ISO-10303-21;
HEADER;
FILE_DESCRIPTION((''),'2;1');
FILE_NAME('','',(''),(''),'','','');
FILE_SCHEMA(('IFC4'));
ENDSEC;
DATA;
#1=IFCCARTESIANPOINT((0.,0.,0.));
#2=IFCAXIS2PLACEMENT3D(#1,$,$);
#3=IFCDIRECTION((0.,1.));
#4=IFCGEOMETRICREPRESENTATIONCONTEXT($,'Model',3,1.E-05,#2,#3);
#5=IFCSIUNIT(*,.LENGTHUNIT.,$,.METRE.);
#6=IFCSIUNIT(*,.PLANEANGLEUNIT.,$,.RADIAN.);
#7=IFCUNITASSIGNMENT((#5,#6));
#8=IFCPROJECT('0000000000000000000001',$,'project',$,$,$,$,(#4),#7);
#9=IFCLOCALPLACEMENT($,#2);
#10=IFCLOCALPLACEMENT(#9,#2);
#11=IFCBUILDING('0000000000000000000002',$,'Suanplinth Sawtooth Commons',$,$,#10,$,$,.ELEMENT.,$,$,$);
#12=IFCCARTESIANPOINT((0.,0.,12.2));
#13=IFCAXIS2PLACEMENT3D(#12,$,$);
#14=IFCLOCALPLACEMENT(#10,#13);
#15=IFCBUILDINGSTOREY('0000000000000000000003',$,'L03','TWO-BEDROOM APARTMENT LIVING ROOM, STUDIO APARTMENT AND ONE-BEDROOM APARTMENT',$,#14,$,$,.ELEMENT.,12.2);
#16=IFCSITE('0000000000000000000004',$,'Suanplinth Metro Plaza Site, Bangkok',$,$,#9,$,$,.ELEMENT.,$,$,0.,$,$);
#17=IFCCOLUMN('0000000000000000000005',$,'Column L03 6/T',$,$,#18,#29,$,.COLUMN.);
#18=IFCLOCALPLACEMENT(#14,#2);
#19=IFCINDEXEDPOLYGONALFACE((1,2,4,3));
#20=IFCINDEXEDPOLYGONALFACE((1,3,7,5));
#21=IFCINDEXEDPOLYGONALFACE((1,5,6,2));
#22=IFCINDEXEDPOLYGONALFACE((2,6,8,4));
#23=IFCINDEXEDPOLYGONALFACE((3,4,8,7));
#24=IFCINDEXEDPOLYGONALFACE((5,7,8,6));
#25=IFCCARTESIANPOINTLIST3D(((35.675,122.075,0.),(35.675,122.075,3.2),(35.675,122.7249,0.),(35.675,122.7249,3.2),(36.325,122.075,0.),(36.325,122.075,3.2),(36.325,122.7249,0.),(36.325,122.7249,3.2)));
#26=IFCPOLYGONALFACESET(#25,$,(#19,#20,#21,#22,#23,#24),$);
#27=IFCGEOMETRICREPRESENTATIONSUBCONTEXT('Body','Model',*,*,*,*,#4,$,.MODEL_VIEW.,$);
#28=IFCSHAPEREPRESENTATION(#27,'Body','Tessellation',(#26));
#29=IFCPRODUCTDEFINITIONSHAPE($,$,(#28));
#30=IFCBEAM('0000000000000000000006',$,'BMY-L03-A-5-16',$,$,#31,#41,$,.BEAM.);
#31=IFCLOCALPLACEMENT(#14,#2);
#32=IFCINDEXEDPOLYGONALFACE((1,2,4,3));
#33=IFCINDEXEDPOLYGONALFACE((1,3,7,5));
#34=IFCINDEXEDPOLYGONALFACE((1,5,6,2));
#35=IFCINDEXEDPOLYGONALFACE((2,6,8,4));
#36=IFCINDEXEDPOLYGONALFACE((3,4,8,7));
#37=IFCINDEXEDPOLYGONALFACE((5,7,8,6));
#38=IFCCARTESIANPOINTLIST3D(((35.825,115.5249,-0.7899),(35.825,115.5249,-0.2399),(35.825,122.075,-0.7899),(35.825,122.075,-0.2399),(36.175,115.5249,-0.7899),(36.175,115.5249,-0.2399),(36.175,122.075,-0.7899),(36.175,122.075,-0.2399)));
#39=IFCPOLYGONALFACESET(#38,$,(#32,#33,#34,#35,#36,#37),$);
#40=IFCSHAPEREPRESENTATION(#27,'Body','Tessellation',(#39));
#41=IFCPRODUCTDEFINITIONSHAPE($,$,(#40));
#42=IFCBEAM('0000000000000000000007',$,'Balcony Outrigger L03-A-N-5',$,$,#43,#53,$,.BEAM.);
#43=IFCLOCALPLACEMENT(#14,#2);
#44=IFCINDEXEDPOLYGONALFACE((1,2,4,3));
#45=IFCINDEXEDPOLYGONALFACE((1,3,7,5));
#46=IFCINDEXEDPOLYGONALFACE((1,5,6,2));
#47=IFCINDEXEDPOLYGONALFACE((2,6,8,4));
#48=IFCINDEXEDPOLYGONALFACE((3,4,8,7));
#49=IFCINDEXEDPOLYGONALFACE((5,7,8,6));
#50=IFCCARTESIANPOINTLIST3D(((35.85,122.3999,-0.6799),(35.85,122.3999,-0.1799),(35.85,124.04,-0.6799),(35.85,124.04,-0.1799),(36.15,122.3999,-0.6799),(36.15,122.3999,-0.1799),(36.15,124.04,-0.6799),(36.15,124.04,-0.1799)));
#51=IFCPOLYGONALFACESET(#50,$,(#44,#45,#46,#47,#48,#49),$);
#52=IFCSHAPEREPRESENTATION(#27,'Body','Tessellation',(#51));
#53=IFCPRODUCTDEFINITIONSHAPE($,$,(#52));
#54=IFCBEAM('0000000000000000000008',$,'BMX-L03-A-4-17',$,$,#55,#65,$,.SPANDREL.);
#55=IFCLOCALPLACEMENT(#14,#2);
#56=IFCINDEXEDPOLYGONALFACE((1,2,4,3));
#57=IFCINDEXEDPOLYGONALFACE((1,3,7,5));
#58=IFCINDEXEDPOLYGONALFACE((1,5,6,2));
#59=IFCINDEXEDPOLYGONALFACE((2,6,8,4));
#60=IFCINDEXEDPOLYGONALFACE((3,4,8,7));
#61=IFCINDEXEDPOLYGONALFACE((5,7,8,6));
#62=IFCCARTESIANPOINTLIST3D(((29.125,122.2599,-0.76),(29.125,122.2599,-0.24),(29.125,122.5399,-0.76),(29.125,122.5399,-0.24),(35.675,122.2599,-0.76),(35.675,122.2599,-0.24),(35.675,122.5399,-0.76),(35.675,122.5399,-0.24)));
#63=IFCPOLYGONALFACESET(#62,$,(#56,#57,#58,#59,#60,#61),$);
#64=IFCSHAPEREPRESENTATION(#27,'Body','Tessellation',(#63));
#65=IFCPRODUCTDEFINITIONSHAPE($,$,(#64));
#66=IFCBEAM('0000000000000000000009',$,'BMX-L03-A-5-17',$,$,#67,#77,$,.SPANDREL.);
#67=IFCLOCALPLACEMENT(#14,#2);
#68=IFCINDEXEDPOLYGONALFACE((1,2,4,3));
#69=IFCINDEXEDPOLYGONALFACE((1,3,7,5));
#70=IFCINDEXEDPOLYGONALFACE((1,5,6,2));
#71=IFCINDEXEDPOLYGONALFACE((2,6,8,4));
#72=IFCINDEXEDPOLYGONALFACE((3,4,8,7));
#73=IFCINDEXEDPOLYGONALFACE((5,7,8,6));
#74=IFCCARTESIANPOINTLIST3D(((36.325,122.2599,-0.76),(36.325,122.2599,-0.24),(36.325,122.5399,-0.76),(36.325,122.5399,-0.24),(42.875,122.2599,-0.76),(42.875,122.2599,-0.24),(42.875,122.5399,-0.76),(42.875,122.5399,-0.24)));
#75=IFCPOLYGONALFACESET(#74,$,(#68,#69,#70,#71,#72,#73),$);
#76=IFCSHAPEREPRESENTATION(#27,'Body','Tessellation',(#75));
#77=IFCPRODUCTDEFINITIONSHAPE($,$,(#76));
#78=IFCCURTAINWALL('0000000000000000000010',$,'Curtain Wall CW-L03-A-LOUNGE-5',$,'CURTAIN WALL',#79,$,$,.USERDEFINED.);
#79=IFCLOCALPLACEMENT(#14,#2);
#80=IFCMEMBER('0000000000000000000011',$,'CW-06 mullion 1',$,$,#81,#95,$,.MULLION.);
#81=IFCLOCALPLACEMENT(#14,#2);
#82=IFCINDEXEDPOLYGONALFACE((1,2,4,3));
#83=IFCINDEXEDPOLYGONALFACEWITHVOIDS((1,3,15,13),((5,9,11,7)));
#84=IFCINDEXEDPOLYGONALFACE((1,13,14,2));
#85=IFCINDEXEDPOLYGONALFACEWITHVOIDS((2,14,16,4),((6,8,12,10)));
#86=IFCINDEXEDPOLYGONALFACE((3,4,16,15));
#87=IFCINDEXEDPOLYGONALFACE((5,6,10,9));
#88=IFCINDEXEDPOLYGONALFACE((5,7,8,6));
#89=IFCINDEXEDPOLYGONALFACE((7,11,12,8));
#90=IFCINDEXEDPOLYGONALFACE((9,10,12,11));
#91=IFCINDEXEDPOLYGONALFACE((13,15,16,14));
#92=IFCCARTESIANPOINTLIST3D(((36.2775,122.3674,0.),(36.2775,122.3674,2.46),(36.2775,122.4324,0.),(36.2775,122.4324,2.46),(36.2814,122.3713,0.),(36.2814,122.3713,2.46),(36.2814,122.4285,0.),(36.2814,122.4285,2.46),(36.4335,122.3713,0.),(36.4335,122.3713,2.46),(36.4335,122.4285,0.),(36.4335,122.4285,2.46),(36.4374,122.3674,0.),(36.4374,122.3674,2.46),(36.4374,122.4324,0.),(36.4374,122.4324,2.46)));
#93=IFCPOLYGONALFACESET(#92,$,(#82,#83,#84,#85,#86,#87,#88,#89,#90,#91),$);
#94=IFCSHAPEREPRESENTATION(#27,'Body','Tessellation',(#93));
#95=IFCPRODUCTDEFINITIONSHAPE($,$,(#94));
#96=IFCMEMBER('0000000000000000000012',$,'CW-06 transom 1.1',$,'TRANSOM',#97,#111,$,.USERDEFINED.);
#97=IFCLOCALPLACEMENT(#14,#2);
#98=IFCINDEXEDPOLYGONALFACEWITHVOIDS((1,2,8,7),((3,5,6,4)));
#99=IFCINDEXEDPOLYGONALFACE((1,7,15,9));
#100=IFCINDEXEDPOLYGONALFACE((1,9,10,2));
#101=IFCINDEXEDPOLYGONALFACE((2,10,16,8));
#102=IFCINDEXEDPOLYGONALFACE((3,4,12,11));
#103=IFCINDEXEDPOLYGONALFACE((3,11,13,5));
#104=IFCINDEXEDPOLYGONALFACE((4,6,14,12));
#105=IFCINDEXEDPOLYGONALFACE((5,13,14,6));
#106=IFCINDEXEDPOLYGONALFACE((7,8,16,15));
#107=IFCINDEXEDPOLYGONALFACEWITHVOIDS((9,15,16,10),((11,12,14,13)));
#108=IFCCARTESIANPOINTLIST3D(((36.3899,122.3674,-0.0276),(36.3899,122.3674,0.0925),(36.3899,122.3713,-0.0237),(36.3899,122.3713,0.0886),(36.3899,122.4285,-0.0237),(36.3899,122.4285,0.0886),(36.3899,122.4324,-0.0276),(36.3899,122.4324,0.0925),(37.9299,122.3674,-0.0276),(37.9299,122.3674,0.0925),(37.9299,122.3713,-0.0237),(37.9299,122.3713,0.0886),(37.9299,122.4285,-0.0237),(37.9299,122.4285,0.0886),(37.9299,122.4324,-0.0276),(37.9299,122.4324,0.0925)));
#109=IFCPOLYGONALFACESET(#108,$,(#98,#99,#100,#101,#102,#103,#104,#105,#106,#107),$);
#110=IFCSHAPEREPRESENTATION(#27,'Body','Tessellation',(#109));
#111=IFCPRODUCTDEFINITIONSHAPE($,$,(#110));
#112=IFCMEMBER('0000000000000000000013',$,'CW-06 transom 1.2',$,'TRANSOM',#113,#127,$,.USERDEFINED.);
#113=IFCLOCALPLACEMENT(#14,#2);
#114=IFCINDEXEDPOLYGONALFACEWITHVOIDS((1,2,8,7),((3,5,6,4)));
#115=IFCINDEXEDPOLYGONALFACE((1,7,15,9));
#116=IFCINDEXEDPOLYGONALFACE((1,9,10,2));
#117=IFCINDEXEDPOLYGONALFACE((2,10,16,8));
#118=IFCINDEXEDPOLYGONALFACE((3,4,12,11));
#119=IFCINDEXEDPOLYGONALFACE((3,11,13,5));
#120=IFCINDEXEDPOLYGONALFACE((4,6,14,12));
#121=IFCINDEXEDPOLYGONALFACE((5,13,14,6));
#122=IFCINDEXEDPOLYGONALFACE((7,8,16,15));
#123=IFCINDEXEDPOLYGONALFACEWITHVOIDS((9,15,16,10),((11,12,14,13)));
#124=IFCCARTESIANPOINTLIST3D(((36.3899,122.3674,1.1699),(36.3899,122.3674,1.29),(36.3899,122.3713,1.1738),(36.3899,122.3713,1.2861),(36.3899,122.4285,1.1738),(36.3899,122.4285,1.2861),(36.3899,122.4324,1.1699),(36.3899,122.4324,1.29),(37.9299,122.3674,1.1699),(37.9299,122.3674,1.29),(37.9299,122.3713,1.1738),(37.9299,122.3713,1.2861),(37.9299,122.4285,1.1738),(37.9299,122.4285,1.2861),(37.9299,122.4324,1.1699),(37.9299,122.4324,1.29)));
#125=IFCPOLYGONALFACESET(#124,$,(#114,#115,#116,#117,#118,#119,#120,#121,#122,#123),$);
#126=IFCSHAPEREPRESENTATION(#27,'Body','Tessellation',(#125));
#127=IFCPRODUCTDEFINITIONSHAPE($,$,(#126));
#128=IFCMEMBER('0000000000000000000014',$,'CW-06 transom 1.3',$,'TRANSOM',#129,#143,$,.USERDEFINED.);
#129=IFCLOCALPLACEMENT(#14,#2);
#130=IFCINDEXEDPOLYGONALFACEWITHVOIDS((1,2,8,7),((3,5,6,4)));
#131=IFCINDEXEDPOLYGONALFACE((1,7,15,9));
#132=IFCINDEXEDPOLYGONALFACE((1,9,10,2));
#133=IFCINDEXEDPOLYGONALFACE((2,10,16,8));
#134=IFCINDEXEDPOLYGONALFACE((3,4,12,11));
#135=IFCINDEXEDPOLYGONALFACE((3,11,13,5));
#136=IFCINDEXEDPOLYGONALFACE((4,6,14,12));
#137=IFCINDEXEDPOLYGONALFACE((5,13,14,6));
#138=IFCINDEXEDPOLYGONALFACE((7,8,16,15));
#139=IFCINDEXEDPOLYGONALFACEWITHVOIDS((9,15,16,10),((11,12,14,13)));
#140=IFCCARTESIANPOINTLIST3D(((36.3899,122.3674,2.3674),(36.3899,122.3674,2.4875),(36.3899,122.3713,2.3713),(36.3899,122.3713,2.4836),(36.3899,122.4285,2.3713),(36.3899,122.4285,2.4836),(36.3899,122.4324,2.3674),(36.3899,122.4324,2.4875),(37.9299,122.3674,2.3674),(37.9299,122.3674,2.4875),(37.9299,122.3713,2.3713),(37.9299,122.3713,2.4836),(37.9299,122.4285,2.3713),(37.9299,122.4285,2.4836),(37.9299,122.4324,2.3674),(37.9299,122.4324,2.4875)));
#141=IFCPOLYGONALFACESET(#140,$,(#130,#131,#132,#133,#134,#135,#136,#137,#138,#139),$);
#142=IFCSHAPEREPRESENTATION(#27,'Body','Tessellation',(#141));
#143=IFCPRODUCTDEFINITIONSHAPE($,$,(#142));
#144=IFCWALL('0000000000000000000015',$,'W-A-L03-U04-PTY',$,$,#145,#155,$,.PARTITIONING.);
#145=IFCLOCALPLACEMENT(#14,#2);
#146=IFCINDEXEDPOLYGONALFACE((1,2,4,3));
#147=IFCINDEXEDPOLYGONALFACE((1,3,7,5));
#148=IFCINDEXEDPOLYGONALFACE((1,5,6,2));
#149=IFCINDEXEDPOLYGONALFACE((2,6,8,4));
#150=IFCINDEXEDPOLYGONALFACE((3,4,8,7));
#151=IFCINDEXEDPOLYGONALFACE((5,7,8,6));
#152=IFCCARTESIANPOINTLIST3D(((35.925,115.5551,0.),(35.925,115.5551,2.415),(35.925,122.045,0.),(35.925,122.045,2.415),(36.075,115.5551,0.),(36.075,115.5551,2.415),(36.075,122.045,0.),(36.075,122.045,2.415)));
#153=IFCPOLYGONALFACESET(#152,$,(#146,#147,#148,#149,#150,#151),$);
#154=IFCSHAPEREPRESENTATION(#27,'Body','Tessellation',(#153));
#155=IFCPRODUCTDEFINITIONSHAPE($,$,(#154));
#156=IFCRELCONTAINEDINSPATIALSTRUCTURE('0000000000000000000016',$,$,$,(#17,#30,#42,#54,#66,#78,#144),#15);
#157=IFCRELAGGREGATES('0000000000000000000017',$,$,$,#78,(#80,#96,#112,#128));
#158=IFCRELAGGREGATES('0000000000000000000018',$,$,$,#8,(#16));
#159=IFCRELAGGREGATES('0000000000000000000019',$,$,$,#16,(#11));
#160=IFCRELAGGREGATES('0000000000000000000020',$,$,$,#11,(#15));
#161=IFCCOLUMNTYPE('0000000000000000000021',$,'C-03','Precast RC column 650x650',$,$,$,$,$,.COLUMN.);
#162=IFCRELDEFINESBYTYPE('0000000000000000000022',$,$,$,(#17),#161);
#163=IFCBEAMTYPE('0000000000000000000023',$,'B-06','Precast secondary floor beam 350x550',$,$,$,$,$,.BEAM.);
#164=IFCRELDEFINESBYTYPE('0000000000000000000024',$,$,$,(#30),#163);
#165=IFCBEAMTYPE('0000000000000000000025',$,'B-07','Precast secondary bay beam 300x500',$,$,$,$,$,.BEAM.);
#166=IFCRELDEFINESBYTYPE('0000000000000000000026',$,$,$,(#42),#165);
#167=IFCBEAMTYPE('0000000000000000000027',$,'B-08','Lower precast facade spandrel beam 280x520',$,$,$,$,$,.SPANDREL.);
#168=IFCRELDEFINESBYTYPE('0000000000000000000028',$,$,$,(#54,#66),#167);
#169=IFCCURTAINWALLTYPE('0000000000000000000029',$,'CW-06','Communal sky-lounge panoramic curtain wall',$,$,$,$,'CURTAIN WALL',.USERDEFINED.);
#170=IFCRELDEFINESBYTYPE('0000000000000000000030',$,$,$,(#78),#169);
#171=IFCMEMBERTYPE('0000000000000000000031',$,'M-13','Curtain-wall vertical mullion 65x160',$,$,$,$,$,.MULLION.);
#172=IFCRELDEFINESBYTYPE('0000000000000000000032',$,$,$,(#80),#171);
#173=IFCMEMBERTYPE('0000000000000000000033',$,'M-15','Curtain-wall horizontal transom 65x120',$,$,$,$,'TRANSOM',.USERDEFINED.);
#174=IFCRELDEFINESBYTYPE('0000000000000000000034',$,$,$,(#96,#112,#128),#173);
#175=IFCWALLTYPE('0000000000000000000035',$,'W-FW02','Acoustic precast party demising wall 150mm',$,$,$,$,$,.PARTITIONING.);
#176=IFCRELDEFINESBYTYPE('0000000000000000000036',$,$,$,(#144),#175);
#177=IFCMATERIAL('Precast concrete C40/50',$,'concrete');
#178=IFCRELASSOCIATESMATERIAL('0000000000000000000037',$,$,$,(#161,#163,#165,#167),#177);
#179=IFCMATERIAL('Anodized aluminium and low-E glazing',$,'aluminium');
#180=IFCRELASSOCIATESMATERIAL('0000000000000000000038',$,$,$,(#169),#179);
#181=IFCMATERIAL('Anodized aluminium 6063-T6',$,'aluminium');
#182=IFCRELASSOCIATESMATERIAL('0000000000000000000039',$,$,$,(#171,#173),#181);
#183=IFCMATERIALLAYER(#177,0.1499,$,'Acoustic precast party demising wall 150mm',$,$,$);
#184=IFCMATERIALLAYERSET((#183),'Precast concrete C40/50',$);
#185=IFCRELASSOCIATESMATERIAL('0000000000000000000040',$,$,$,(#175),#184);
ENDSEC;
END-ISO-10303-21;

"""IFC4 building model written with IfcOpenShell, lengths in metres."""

from ifc_helpers import new_model, si_unit, direction, frame, frame_2d, origin, origin_2d, place, context, subcontext, project, spatial, rectangle, hollow_rectangle, extrude, material, layer, layer_set, material_profile, profile_set, type_object, element, aggregate, save


model = new_model("IFC4")

# Units and contexts
model_context = context("Model", 3, precision=1e-05, world=origin(), true_north=direction((0.0, 1.0)))
body_context = subcontext(model_context, "Body", "Model", "MODEL_VIEW")
ifc_project = project(units=[si_unit("LENGTHUNIT", "METRE"), si_unit("PLANEANGLEUNIT", "RADIAN")], contexts=[model_context])

# Site, building, storey
site_placement = place(None, origin())
site = spatial("IfcSite", under=ifc_project, at=site_placement, Name="Suanplinth Metro Plaza Site, Bangkok", CompositionType="ELEMENT", RefElevation=0.0)
building_placement = place(site_placement, origin())
building = spatial("IfcBuilding", under=site, at=building_placement, Name="Suanplinth Sawtooth Commons", CompositionType="ELEMENT")
storey_placement = place(building_placement, frame((0.0, 0.0, 12.2)))
storey = spatial("IfcBuildingStorey", under=building, at=storey_placement, Name="L03", Description="TWO-BEDROOM APARTMENT LIVING ROOM, STUDIO APARTMENT AND ONE-BEDROOM APARTMENT", CompositionType="ELEMENT", Elevation=12.2)

# Column
ifc_material_1 = material(Name="Precast concrete C40/50", Category="concrete")
ifc_material_profile_1 = material_profile(ifc_material_1, rectangle(XDim=0.6499, YDim=0.6499, at=origin_2d()), Name="PC-COL 650x650")
ifc_profile_set_1 = profile_set([ifc_material_profile_1], Name="Precast concrete C40/50")
column_type = type_object("IfcColumnType", Name="C-03", Description="Precast RC column 650x650", PredefinedType="COLUMN", material=ifc_profile_set_1)
column_placement = place(storey_placement, frame((36.0, 122.3999, 0.0), z_axis=(0.0, 0.0, 1.0), x_axis=(1.0, 0.0, 0.0)))
element("IfcColumn", 1, at=column_placement, inside=storey, type_object=column_type, Name="Column L03 6/T", PredefinedType="COLUMN", context=body_context, shape_type="SweptSolid", body=[
    extrude(rectangle(XDim=0.6499, YDim=0.6499, at=origin_2d()), origin(), (0.0, 0.0, 1.0), 3.2),
])

# Beams
ifc_material_profile_2 = material_profile(ifc_material_1, rectangle(XDim=0.3501, YDim=0.55, at=origin_2d()), Name="PC-BM 350x550")
ifc_profile_set_2 = profile_set([ifc_material_profile_2], Name="Precast concrete C40/50")
beam_type_1 = type_object("IfcBeamType", Name="B-06", Description="Precast secondary floor beam 350x550", PredefinedType="BEAM", material=ifc_profile_set_2)
beam_1_placement = place(storey_placement, frame((36.0, 115.5249, -0.5149), z_axis=(0.0, 1.0, 0.0), x_axis=(-1.0, 0.0, 0.0)))
element("IfcBeam", 2, at=beam_1_placement, inside=storey, type_object=beam_type_1, Name="BMY-L03-A-5-16", PredefinedType="BEAM", context=body_context, shape_type="SweptSolid", body=[
    extrude(rectangle(XDim=0.3501, YDim=0.55, at=origin_2d()), origin(), (0.0, 0.0, 1.0), 6.55),
])
ifc_material_profile_3 = material_profile(ifc_material_1, rectangle(XDim=0.3, YDim=0.5, at=origin_2d()), Name="PC-BM 300x500")
ifc_profile_set_3 = profile_set([ifc_material_profile_3], Name="Precast concrete C40/50")
beam_type_2 = type_object("IfcBeamType", Name="B-07", Description="Precast secondary bay beam 300x500", PredefinedType="BEAM", material=ifc_profile_set_3)
beam_2_placement = place(storey_placement, frame((36.0, 122.3999, -0.4299), z_axis=(0.0, 1.0, 0.0), x_axis=(-1.0, 0.0, 0.0)))
element("IfcBeam", 3, at=beam_2_placement, inside=storey, type_object=beam_type_2, Name="Balcony Outrigger L03-A-N-5", PredefinedType="BEAM", context=body_context, shape_type="SweptSolid", body=[
    extrude(rectangle(XDim=0.3, YDim=0.5, at=origin_2d()), origin(), (0.0, 0.0, 1.0), 1.6401),
])
ifc_material_profile_4 = material_profile(ifc_material_1, rectangle(XDim=0.28, YDim=0.52, at=origin_2d()), Name="PC-SP 280x520")
ifc_profile_set_4 = profile_set([ifc_material_profile_4], Name="Precast concrete C40/50")
beam_type_3 = type_object("IfcBeamType", Name="B-08", Description="Lower precast facade spandrel beam 280x520", PredefinedType="SPANDREL", material=ifc_profile_set_4)
for number, where, z_axis, x_axis, name in (
    (4, (29.125, 122.3999, -0.5), (1.0, 0.0, 0.0), (0.0, 1.0, 0.0), "BMX-L03-A-4-17"),
    (5, (36.325, 122.3999, -0.5), (1.0, 0.0, 0.0), (0.0, 1.0, 0.0), "BMX-L03-A-5-17"),
):
    element("IfcBeam", number, at=place(storey_placement, frame(where, z_axis=z_axis, x_axis=x_axis)), inside=storey, type_object=beam_type_3, Name=name, PredefinedType="SPANDREL", context=body_context, shape_type="SweptSolid", body=[
        extrude(rectangle(XDim=0.28, YDim=0.52, at=origin_2d()), origin(), (0.0, 0.0, 1.0), 6.55),
    ])

# Curtain wall, members
ifc_material_2 = material(Name="Anodized aluminium and low-E glazing", Category="aluminium")
curtain_wall_type = type_object("IfcCurtainWallType", Name="CW-06", Description="Communal sky-lounge panoramic curtain wall", ElementType="CURTAIN WALL", PredefinedType="USERDEFINED", material=ifc_material_2)
curtain_wall_placement = place(storey_placement, origin())
curtain_wall = element("IfcCurtainWall", 6, at=curtain_wall_placement, inside=storey, type_object=curtain_wall_type, Name="Curtain Wall CW-L03-A-LOUNGE-5", ObjectType="CURTAIN WALL", PredefinedType="USERDEFINED")
ifc_material_3 = material(Name="Anodized aluminium 6063-T6", Category="aluminium")
ifc_material_profile_5 = material_profile(ifc_material_3, hollow_rectangle(XDim=0.0649, YDim=0.1599, WallThickness=0.0039, at=origin_2d()), Name="ALU-MUL 65x160")
ifc_profile_set_5 = profile_set([ifc_material_profile_5], Name="Anodized aluminium 6063-T6")
member_type_1 = type_object("IfcMemberType", Name="M-13", Description="Curtain-wall vertical mullion 65x160", PredefinedType="MULLION", material=ifc_profile_set_5)
member_1_placement = place(storey_placement, frame((36.3574, 122.3999, 0.0), z_axis=(0.0, 0.0, 1.0), x_axis=(0.0, 1.0, 0.0)))
member_1 = element("IfcMember", 7, at=member_1_placement, type_object=member_type_1, Name="CW-06 mullion 1", PredefinedType="MULLION", context=body_context, shape_type="SweptSolid", body=[
    extrude(hollow_rectangle(XDim=0.0649, YDim=0.1599, WallThickness=0.0039, at=origin_2d()), origin(), (0.0, 0.0, 1.0), 2.46),
])
ifc_material_profile_6 = material_profile(ifc_material_3, hollow_rectangle(XDim=0.0649, YDim=0.1201, WallThickness=0.0039, at=origin_2d()), Name="ALU-TRN 65x120")
ifc_profile_set_6 = profile_set([ifc_material_profile_6], Name="Anodized aluminium 6063-T6")
member_type_2 = type_object("IfcMemberType", Name="M-15", Description="Curtain-wall horizontal transom 65x120", ElementType="TRANSOM", PredefinedType="USERDEFINED", material=ifc_profile_set_6)
member_2_placement = place(storey_placement, frame((36.3899, 122.3999, 0.0325), z_axis=(1.0, 0.0, 0.0), x_axis=(0.0, 1.0, 0.0)))
member_2 = element("IfcMember", 8, at=member_2_placement, type_object=member_type_2, Name="CW-06 transom 1.1", ObjectType="TRANSOM", PredefinedType="USERDEFINED", context=body_context, shape_type="SweptSolid", body=[
    extrude(hollow_rectangle(XDim=0.0649, YDim=0.1201, WallThickness=0.0039, at=origin_2d()), origin(), (0.0, 0.0, 1.0), 1.54),
])
member_3_placement = place(storey_placement, frame((36.3899, 122.3999, 1.23), z_axis=(1.0, 0.0, 0.0), x_axis=(0.0, 1.0, 0.0)))
member_3 = element("IfcMember", 9, at=member_3_placement, type_object=member_type_2, Name="CW-06 transom 1.2", ObjectType="TRANSOM", PredefinedType="USERDEFINED", context=body_context, shape_type="SweptSolid", body=[
    extrude(hollow_rectangle(XDim=0.0649, YDim=0.1201, WallThickness=0.0039, at=origin_2d()), origin(), (0.0, 0.0, 1.0), 1.54),
])
member_4_placement = place(storey_placement, frame((36.3899, 122.3999, 2.4275), z_axis=(1.0, 0.0, 0.0), x_axis=(0.0, 1.0, 0.0)))
member_4 = element("IfcMember", 10, at=member_4_placement, type_object=member_type_2, Name="CW-06 transom 1.3", ObjectType="TRANSOM", PredefinedType="USERDEFINED", context=body_context, shape_type="SweptSolid", body=[
    extrude(hollow_rectangle(XDim=0.0649, YDim=0.1201, WallThickness=0.0039, at=origin_2d()), origin(), (0.0, 0.0, 1.0), 1.54),
])
aggregate(curtain_wall, [member_1, member_2, member_3, member_4])

# Wall
ifc_layer_1 = layer(ifc_material_1, 0.1499, Name="Acoustic precast party demising wall 150mm")
ifc_layer_set_1 = layer_set([ifc_layer_1], Name="Precast concrete C40/50")
wall_type_1 = type_object("IfcWallType", Name="W-FW02", Description="Acoustic precast party demising wall 150mm", PredefinedType="PARTITIONING", material=ifc_layer_set_1)
wall_1_placement = place(storey_placement, frame((36.0, 115.5549, 0.0), z_axis=(0.0, 0.0, 1.0), x_axis=(0.0, 1.0, 0.0)))
element("IfcWall", 11, at=wall_1_placement, inside=storey, type_object=wall_type_1, Name="W-A-L03-U04-PTY", PredefinedType="PARTITIONING", context=body_context, shape_type="SweptSolid", body=[
    extrude(rectangle(XDim=6.49, YDim=0.1499, at=frame_2d((3.2451, 0.0))), origin(), (0.0, 0.0, 1.0), 2.415),
])

save(model, "model.ifc")
